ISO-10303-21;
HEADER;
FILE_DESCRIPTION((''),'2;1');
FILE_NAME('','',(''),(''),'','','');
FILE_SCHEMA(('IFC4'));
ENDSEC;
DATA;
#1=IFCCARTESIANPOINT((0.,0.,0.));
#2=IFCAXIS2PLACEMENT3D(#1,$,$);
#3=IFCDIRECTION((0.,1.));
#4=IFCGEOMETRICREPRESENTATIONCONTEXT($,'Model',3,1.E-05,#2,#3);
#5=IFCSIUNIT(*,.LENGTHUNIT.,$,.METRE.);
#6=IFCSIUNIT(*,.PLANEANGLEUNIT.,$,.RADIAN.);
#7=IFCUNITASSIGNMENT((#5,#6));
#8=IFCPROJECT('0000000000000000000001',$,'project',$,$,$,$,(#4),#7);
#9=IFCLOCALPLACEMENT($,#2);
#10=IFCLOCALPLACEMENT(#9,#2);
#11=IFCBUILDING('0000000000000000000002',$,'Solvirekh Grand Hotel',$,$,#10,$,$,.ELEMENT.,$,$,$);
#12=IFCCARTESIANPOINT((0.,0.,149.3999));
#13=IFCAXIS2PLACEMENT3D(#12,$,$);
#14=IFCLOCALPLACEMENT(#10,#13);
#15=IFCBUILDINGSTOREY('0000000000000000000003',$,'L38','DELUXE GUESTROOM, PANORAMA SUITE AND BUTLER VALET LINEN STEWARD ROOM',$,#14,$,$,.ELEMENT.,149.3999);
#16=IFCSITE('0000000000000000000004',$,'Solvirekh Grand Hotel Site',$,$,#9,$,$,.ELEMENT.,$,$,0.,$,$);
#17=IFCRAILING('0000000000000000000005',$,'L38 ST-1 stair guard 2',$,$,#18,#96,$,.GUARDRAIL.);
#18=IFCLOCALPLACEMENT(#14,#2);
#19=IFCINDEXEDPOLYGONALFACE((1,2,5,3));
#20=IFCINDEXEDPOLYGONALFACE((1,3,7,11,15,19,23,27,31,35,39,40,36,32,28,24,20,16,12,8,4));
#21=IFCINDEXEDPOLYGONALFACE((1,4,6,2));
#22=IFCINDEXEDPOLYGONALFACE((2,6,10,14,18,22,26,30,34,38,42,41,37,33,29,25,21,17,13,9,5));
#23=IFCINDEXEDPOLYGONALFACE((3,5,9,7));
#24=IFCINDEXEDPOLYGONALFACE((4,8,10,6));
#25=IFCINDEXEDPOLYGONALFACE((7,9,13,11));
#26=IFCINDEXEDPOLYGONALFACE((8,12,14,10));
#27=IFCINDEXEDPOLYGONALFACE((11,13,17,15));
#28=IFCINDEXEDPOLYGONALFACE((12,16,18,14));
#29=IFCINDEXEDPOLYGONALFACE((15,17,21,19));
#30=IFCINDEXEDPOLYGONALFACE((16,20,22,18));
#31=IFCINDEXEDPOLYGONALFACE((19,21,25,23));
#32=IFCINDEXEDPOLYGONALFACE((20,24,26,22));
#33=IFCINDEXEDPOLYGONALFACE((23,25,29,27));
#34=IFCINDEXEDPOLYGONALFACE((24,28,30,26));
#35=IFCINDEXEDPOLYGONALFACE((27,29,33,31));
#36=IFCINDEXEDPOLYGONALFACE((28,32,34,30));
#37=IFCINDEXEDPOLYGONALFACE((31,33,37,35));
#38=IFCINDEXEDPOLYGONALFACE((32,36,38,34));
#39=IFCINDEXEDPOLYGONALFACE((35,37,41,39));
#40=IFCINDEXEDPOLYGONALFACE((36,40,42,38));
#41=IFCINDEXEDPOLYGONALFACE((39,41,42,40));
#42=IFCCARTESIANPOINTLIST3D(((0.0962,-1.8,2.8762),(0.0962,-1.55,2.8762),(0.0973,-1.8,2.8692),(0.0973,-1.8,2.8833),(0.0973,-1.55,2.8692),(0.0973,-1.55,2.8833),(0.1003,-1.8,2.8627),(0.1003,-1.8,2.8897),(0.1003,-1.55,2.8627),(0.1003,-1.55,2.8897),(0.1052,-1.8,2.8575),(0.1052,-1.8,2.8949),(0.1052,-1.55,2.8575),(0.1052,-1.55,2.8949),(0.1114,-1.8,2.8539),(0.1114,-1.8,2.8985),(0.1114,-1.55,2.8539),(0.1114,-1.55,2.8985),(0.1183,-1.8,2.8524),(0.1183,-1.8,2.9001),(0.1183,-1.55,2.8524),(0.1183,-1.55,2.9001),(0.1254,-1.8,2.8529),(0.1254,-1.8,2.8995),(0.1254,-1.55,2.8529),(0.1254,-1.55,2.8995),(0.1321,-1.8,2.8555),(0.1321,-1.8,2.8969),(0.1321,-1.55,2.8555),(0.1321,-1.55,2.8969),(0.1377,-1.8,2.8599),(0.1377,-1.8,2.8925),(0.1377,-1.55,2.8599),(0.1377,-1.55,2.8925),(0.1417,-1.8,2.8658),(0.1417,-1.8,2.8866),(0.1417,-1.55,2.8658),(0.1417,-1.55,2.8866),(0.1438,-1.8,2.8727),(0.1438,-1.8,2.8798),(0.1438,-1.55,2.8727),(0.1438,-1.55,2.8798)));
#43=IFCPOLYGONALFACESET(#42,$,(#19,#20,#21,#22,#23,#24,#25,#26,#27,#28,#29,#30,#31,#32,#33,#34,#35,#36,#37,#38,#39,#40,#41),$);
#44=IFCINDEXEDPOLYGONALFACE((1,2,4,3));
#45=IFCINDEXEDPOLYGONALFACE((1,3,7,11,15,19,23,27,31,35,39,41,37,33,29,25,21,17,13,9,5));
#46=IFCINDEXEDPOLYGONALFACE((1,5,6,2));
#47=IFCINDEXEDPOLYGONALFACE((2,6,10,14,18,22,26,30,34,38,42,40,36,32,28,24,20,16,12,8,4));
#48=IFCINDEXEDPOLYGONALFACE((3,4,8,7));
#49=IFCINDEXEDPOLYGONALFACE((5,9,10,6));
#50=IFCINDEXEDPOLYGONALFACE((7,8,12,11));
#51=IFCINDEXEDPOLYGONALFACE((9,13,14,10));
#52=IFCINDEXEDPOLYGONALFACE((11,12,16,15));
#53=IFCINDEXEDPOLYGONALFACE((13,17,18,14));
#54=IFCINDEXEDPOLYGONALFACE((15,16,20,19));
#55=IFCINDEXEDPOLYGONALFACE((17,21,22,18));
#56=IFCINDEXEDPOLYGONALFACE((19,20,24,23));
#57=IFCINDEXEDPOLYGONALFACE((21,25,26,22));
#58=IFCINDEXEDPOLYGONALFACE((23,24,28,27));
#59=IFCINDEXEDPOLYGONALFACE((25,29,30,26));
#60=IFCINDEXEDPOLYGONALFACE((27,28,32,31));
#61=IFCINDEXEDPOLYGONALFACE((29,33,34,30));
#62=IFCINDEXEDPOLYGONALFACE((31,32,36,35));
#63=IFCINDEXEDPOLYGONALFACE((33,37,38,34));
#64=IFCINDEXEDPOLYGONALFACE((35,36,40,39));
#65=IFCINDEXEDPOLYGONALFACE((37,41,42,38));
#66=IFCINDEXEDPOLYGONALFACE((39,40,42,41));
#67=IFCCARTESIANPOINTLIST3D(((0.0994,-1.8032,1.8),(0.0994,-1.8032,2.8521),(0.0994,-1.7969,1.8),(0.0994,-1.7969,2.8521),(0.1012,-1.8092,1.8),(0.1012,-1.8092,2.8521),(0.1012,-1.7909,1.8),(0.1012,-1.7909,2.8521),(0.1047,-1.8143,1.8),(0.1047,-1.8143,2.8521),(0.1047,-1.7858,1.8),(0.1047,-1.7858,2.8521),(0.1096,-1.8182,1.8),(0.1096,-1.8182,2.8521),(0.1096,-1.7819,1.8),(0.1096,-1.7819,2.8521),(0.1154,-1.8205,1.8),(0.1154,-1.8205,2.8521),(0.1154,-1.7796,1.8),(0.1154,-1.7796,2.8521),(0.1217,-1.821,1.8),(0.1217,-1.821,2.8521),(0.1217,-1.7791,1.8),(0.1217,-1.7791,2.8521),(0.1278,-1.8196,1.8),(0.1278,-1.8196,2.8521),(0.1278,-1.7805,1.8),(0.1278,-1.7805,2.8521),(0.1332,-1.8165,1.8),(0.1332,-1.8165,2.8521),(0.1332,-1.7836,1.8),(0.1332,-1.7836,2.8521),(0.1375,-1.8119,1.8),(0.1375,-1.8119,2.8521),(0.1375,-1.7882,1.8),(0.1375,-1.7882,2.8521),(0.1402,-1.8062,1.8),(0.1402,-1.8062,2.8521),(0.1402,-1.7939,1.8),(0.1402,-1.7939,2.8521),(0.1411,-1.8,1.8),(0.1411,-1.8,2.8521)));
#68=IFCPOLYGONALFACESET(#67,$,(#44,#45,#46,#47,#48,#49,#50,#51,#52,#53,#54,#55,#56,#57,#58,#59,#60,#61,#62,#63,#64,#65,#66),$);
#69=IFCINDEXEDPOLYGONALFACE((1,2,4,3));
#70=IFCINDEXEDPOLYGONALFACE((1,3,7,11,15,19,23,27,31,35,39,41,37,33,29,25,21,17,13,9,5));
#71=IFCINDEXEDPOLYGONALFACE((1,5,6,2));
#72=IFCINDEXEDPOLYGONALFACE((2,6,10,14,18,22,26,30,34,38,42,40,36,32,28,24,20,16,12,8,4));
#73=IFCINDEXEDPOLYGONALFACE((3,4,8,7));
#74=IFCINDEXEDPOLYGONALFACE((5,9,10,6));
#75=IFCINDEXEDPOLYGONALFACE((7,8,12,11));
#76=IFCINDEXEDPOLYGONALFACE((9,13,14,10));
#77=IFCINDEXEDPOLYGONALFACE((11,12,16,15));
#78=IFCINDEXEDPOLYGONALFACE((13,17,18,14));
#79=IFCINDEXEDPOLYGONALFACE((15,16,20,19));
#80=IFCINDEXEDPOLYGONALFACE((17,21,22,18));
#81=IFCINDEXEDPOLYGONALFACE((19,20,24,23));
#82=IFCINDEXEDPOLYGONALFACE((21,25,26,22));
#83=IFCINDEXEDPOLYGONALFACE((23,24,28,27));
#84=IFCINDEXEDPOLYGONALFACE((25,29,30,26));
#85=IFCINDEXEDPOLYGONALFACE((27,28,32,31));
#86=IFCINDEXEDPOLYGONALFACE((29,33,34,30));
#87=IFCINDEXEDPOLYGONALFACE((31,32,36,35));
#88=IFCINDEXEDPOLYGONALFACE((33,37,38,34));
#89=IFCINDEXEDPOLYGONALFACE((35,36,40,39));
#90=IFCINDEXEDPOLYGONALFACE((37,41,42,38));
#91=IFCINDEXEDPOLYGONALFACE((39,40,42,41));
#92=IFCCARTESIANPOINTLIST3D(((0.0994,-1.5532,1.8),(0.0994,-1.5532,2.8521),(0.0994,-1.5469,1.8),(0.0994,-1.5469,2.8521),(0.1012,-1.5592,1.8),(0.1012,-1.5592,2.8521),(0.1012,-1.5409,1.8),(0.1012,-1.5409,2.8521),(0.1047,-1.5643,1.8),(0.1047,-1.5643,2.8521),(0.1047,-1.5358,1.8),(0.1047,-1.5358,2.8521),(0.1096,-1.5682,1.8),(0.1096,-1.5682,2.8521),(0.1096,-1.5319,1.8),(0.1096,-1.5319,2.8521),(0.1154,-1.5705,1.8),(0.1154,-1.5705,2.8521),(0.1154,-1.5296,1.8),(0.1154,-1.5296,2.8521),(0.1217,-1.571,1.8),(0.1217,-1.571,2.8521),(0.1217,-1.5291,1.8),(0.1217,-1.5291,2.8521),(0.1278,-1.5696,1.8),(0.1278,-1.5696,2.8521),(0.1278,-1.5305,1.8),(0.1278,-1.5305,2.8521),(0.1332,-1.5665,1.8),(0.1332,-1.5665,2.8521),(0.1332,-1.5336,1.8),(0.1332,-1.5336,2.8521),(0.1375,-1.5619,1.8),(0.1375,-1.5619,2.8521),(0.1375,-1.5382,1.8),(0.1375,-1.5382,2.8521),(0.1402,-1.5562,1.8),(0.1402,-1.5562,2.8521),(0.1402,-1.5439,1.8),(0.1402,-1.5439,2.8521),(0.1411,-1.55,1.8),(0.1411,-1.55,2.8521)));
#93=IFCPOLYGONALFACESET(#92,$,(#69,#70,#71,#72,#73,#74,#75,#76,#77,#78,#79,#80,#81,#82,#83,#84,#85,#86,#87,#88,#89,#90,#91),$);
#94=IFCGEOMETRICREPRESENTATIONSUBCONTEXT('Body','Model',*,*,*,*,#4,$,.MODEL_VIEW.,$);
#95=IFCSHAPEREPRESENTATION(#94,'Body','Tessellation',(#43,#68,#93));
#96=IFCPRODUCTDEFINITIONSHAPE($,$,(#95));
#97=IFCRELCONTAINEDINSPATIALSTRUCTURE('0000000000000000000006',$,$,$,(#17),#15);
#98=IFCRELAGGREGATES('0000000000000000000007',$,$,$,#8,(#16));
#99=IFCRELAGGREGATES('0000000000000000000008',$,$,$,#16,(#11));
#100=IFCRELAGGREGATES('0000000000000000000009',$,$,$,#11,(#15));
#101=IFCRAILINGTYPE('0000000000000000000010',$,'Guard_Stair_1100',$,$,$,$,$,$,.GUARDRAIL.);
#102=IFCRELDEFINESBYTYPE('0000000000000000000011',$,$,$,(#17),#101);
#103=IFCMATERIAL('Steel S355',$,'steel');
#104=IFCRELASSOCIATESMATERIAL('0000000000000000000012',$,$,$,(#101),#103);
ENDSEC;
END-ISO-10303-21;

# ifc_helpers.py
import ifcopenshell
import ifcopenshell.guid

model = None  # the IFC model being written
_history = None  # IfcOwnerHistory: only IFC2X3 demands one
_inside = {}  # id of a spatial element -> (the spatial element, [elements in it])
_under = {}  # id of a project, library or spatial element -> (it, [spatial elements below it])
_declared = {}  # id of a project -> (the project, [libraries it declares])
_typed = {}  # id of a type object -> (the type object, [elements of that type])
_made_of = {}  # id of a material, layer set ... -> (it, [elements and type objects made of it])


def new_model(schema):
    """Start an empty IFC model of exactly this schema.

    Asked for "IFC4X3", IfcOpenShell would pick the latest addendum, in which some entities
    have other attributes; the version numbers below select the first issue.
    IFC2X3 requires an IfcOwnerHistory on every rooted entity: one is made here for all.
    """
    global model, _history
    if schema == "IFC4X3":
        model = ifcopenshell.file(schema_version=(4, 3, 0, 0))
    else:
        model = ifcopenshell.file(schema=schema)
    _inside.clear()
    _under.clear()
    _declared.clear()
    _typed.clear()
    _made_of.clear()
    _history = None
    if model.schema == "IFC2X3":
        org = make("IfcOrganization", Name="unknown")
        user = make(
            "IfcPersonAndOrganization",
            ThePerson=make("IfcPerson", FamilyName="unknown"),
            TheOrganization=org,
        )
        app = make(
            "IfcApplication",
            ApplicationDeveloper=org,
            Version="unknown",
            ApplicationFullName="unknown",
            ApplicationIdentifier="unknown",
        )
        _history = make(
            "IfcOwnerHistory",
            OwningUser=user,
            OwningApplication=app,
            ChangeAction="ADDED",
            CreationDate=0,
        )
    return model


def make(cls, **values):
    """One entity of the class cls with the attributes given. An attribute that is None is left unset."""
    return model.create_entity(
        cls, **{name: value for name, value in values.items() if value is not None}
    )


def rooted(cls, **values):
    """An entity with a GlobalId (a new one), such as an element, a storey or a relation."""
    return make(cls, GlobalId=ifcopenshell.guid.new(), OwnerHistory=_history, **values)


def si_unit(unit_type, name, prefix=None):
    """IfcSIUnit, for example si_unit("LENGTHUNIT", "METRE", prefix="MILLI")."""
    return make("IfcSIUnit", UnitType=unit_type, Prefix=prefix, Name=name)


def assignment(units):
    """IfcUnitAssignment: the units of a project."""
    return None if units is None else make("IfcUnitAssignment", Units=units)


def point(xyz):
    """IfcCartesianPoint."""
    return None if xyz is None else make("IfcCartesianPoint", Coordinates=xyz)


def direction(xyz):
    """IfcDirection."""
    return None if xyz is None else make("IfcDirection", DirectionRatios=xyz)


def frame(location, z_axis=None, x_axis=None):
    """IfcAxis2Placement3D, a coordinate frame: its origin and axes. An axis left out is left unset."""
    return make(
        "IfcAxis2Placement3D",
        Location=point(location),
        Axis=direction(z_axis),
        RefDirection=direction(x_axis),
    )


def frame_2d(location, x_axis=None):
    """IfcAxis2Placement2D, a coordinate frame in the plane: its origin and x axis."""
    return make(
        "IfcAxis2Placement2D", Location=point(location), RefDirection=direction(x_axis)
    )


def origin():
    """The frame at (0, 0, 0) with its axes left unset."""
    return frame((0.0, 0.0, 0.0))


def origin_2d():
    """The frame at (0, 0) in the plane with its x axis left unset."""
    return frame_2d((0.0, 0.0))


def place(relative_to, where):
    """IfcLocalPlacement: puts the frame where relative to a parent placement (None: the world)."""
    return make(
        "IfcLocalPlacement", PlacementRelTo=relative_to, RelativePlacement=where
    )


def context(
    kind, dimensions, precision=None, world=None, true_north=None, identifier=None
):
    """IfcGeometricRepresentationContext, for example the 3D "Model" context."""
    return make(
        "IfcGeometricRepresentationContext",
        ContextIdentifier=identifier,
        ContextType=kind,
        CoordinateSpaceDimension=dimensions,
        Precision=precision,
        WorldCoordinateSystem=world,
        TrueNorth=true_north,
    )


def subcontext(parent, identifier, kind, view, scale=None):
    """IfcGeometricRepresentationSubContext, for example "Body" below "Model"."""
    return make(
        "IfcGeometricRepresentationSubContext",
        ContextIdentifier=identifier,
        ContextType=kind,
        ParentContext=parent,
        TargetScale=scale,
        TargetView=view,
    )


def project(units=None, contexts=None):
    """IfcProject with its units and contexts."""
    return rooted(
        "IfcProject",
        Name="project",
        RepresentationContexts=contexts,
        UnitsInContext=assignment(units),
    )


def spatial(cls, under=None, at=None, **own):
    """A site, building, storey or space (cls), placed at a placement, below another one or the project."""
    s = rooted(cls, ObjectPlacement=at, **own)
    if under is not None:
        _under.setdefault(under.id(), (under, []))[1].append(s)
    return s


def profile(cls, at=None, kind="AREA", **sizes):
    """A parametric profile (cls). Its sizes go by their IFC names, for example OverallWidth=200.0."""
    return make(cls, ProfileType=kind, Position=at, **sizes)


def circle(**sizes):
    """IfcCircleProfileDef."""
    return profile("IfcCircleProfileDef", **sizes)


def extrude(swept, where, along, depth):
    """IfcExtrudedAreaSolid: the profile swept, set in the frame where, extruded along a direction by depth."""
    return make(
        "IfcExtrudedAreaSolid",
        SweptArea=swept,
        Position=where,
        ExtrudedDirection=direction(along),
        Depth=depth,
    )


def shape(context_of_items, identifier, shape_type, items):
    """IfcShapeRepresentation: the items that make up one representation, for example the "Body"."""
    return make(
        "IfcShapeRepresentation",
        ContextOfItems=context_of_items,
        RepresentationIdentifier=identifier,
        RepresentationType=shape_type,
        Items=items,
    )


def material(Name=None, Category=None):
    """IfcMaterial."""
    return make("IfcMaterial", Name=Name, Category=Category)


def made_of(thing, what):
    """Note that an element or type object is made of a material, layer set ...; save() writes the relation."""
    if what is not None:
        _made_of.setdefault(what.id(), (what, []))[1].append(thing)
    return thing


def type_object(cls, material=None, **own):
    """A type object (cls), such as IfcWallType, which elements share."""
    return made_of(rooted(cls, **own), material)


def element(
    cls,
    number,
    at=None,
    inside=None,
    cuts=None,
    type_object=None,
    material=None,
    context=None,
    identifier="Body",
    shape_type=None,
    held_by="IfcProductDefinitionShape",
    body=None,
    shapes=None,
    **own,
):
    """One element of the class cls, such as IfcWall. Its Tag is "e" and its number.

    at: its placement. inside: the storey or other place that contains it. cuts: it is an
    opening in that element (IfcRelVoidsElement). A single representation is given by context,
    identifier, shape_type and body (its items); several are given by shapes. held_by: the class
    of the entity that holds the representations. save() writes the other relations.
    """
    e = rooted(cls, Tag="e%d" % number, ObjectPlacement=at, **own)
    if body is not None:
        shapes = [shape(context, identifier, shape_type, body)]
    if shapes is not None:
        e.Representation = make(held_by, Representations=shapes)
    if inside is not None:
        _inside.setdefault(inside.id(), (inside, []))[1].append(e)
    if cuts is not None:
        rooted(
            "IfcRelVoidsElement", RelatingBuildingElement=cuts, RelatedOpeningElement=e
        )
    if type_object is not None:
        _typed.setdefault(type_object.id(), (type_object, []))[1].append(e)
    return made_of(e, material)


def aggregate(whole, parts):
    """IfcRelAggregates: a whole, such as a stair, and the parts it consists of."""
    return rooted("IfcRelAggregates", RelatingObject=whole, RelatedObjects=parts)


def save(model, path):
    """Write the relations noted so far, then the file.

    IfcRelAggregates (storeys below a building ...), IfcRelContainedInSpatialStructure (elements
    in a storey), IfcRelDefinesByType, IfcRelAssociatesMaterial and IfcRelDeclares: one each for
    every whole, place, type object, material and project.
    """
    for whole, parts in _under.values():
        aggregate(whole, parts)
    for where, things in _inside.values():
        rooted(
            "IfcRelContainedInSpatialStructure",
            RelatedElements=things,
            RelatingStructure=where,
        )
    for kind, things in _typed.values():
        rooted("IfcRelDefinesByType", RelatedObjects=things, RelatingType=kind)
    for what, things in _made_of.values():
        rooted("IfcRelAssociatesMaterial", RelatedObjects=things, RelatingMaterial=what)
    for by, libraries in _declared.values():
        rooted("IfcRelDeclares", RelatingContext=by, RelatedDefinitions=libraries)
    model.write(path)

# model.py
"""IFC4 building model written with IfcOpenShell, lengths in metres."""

from ifc_helpers import new_model, si_unit, direction, frame, origin, origin_2d, place, context, subcontext, project, spatial, circle, extrude, material, type_object, element, save


model = new_model("IFC4")

# Units and contexts
model_context = context("Model", 3, precision=1e-05, world=origin(), true_north=direction((0.0, 1.0)))
body_context = subcontext(model_context, "Body", "Model", "MODEL_VIEW")
ifc_project = project(units=[si_unit("LENGTHUNIT", "METRE"), si_unit("PLANEANGLEUNIT", "RADIAN")], contexts=[model_context])

# Site, building, storey
site_placement = place(None, origin())
site = spatial("IfcSite", under=ifc_project, at=site_placement, Name="Solvirekh Grand Hotel Site", CompositionType="ELEMENT", RefElevation=0.0)
building_placement = place(site_placement, origin())
building = spatial("IfcBuilding", under=site, at=building_placement, Name="Solvirekh Grand Hotel", CompositionType="ELEMENT")
storey_placement = place(building_placement, frame((0.0, 0.0, 149.3999)))
storey = spatial("IfcBuildingStorey", under=building, at=storey_placement, Name="L38", Description="DELUXE GUESTROOM, PANORAMA SUITE AND BUTLER VALET LINEN STEWARD ROOM", CompositionType="ELEMENT", Elevation=149.3999)

# Shared definitions
ifc_material_1 = material(Name="Steel S355", Category="steel")

# Railing
railing_type_1 = type_object("IfcRailingType", Name="Guard_Stair_1100", PredefinedType="GUARDRAIL", material=ifc_material_1)
railing_1_placement = place(storey_placement, frame((0.1201, -1.8, 1.8)))
element("IfcRailing", 1, at=railing_1_placement, inside=storey, type_object=railing_type_1, Name="L38 ST-1 stair guard 2", PredefinedType="GUARDRAIL", context=body_context, shape_type="SweptSolid", body=[
    extrude(circle(Radius=0.0239, at=origin_2d()), frame((0.0, 0.0, 1.0762), z_axis=(0.0, 1.0, 0.0), x_axis=(-1.0, 0.0, 0.0)), (0.0, 0.0, 1.0), 0.25),
    extrude(circle(Radius=0.021, at=origin_2d()), origin(), (0.0, 0.0, 1.0), 1.052),
    extrude(circle(Radius=0.021, at=origin_2d()), frame((0.0, 0.25, 0.0)), (0.0, 0.0, 1.0), 1.052),
])

save(model, "model.ifc")
